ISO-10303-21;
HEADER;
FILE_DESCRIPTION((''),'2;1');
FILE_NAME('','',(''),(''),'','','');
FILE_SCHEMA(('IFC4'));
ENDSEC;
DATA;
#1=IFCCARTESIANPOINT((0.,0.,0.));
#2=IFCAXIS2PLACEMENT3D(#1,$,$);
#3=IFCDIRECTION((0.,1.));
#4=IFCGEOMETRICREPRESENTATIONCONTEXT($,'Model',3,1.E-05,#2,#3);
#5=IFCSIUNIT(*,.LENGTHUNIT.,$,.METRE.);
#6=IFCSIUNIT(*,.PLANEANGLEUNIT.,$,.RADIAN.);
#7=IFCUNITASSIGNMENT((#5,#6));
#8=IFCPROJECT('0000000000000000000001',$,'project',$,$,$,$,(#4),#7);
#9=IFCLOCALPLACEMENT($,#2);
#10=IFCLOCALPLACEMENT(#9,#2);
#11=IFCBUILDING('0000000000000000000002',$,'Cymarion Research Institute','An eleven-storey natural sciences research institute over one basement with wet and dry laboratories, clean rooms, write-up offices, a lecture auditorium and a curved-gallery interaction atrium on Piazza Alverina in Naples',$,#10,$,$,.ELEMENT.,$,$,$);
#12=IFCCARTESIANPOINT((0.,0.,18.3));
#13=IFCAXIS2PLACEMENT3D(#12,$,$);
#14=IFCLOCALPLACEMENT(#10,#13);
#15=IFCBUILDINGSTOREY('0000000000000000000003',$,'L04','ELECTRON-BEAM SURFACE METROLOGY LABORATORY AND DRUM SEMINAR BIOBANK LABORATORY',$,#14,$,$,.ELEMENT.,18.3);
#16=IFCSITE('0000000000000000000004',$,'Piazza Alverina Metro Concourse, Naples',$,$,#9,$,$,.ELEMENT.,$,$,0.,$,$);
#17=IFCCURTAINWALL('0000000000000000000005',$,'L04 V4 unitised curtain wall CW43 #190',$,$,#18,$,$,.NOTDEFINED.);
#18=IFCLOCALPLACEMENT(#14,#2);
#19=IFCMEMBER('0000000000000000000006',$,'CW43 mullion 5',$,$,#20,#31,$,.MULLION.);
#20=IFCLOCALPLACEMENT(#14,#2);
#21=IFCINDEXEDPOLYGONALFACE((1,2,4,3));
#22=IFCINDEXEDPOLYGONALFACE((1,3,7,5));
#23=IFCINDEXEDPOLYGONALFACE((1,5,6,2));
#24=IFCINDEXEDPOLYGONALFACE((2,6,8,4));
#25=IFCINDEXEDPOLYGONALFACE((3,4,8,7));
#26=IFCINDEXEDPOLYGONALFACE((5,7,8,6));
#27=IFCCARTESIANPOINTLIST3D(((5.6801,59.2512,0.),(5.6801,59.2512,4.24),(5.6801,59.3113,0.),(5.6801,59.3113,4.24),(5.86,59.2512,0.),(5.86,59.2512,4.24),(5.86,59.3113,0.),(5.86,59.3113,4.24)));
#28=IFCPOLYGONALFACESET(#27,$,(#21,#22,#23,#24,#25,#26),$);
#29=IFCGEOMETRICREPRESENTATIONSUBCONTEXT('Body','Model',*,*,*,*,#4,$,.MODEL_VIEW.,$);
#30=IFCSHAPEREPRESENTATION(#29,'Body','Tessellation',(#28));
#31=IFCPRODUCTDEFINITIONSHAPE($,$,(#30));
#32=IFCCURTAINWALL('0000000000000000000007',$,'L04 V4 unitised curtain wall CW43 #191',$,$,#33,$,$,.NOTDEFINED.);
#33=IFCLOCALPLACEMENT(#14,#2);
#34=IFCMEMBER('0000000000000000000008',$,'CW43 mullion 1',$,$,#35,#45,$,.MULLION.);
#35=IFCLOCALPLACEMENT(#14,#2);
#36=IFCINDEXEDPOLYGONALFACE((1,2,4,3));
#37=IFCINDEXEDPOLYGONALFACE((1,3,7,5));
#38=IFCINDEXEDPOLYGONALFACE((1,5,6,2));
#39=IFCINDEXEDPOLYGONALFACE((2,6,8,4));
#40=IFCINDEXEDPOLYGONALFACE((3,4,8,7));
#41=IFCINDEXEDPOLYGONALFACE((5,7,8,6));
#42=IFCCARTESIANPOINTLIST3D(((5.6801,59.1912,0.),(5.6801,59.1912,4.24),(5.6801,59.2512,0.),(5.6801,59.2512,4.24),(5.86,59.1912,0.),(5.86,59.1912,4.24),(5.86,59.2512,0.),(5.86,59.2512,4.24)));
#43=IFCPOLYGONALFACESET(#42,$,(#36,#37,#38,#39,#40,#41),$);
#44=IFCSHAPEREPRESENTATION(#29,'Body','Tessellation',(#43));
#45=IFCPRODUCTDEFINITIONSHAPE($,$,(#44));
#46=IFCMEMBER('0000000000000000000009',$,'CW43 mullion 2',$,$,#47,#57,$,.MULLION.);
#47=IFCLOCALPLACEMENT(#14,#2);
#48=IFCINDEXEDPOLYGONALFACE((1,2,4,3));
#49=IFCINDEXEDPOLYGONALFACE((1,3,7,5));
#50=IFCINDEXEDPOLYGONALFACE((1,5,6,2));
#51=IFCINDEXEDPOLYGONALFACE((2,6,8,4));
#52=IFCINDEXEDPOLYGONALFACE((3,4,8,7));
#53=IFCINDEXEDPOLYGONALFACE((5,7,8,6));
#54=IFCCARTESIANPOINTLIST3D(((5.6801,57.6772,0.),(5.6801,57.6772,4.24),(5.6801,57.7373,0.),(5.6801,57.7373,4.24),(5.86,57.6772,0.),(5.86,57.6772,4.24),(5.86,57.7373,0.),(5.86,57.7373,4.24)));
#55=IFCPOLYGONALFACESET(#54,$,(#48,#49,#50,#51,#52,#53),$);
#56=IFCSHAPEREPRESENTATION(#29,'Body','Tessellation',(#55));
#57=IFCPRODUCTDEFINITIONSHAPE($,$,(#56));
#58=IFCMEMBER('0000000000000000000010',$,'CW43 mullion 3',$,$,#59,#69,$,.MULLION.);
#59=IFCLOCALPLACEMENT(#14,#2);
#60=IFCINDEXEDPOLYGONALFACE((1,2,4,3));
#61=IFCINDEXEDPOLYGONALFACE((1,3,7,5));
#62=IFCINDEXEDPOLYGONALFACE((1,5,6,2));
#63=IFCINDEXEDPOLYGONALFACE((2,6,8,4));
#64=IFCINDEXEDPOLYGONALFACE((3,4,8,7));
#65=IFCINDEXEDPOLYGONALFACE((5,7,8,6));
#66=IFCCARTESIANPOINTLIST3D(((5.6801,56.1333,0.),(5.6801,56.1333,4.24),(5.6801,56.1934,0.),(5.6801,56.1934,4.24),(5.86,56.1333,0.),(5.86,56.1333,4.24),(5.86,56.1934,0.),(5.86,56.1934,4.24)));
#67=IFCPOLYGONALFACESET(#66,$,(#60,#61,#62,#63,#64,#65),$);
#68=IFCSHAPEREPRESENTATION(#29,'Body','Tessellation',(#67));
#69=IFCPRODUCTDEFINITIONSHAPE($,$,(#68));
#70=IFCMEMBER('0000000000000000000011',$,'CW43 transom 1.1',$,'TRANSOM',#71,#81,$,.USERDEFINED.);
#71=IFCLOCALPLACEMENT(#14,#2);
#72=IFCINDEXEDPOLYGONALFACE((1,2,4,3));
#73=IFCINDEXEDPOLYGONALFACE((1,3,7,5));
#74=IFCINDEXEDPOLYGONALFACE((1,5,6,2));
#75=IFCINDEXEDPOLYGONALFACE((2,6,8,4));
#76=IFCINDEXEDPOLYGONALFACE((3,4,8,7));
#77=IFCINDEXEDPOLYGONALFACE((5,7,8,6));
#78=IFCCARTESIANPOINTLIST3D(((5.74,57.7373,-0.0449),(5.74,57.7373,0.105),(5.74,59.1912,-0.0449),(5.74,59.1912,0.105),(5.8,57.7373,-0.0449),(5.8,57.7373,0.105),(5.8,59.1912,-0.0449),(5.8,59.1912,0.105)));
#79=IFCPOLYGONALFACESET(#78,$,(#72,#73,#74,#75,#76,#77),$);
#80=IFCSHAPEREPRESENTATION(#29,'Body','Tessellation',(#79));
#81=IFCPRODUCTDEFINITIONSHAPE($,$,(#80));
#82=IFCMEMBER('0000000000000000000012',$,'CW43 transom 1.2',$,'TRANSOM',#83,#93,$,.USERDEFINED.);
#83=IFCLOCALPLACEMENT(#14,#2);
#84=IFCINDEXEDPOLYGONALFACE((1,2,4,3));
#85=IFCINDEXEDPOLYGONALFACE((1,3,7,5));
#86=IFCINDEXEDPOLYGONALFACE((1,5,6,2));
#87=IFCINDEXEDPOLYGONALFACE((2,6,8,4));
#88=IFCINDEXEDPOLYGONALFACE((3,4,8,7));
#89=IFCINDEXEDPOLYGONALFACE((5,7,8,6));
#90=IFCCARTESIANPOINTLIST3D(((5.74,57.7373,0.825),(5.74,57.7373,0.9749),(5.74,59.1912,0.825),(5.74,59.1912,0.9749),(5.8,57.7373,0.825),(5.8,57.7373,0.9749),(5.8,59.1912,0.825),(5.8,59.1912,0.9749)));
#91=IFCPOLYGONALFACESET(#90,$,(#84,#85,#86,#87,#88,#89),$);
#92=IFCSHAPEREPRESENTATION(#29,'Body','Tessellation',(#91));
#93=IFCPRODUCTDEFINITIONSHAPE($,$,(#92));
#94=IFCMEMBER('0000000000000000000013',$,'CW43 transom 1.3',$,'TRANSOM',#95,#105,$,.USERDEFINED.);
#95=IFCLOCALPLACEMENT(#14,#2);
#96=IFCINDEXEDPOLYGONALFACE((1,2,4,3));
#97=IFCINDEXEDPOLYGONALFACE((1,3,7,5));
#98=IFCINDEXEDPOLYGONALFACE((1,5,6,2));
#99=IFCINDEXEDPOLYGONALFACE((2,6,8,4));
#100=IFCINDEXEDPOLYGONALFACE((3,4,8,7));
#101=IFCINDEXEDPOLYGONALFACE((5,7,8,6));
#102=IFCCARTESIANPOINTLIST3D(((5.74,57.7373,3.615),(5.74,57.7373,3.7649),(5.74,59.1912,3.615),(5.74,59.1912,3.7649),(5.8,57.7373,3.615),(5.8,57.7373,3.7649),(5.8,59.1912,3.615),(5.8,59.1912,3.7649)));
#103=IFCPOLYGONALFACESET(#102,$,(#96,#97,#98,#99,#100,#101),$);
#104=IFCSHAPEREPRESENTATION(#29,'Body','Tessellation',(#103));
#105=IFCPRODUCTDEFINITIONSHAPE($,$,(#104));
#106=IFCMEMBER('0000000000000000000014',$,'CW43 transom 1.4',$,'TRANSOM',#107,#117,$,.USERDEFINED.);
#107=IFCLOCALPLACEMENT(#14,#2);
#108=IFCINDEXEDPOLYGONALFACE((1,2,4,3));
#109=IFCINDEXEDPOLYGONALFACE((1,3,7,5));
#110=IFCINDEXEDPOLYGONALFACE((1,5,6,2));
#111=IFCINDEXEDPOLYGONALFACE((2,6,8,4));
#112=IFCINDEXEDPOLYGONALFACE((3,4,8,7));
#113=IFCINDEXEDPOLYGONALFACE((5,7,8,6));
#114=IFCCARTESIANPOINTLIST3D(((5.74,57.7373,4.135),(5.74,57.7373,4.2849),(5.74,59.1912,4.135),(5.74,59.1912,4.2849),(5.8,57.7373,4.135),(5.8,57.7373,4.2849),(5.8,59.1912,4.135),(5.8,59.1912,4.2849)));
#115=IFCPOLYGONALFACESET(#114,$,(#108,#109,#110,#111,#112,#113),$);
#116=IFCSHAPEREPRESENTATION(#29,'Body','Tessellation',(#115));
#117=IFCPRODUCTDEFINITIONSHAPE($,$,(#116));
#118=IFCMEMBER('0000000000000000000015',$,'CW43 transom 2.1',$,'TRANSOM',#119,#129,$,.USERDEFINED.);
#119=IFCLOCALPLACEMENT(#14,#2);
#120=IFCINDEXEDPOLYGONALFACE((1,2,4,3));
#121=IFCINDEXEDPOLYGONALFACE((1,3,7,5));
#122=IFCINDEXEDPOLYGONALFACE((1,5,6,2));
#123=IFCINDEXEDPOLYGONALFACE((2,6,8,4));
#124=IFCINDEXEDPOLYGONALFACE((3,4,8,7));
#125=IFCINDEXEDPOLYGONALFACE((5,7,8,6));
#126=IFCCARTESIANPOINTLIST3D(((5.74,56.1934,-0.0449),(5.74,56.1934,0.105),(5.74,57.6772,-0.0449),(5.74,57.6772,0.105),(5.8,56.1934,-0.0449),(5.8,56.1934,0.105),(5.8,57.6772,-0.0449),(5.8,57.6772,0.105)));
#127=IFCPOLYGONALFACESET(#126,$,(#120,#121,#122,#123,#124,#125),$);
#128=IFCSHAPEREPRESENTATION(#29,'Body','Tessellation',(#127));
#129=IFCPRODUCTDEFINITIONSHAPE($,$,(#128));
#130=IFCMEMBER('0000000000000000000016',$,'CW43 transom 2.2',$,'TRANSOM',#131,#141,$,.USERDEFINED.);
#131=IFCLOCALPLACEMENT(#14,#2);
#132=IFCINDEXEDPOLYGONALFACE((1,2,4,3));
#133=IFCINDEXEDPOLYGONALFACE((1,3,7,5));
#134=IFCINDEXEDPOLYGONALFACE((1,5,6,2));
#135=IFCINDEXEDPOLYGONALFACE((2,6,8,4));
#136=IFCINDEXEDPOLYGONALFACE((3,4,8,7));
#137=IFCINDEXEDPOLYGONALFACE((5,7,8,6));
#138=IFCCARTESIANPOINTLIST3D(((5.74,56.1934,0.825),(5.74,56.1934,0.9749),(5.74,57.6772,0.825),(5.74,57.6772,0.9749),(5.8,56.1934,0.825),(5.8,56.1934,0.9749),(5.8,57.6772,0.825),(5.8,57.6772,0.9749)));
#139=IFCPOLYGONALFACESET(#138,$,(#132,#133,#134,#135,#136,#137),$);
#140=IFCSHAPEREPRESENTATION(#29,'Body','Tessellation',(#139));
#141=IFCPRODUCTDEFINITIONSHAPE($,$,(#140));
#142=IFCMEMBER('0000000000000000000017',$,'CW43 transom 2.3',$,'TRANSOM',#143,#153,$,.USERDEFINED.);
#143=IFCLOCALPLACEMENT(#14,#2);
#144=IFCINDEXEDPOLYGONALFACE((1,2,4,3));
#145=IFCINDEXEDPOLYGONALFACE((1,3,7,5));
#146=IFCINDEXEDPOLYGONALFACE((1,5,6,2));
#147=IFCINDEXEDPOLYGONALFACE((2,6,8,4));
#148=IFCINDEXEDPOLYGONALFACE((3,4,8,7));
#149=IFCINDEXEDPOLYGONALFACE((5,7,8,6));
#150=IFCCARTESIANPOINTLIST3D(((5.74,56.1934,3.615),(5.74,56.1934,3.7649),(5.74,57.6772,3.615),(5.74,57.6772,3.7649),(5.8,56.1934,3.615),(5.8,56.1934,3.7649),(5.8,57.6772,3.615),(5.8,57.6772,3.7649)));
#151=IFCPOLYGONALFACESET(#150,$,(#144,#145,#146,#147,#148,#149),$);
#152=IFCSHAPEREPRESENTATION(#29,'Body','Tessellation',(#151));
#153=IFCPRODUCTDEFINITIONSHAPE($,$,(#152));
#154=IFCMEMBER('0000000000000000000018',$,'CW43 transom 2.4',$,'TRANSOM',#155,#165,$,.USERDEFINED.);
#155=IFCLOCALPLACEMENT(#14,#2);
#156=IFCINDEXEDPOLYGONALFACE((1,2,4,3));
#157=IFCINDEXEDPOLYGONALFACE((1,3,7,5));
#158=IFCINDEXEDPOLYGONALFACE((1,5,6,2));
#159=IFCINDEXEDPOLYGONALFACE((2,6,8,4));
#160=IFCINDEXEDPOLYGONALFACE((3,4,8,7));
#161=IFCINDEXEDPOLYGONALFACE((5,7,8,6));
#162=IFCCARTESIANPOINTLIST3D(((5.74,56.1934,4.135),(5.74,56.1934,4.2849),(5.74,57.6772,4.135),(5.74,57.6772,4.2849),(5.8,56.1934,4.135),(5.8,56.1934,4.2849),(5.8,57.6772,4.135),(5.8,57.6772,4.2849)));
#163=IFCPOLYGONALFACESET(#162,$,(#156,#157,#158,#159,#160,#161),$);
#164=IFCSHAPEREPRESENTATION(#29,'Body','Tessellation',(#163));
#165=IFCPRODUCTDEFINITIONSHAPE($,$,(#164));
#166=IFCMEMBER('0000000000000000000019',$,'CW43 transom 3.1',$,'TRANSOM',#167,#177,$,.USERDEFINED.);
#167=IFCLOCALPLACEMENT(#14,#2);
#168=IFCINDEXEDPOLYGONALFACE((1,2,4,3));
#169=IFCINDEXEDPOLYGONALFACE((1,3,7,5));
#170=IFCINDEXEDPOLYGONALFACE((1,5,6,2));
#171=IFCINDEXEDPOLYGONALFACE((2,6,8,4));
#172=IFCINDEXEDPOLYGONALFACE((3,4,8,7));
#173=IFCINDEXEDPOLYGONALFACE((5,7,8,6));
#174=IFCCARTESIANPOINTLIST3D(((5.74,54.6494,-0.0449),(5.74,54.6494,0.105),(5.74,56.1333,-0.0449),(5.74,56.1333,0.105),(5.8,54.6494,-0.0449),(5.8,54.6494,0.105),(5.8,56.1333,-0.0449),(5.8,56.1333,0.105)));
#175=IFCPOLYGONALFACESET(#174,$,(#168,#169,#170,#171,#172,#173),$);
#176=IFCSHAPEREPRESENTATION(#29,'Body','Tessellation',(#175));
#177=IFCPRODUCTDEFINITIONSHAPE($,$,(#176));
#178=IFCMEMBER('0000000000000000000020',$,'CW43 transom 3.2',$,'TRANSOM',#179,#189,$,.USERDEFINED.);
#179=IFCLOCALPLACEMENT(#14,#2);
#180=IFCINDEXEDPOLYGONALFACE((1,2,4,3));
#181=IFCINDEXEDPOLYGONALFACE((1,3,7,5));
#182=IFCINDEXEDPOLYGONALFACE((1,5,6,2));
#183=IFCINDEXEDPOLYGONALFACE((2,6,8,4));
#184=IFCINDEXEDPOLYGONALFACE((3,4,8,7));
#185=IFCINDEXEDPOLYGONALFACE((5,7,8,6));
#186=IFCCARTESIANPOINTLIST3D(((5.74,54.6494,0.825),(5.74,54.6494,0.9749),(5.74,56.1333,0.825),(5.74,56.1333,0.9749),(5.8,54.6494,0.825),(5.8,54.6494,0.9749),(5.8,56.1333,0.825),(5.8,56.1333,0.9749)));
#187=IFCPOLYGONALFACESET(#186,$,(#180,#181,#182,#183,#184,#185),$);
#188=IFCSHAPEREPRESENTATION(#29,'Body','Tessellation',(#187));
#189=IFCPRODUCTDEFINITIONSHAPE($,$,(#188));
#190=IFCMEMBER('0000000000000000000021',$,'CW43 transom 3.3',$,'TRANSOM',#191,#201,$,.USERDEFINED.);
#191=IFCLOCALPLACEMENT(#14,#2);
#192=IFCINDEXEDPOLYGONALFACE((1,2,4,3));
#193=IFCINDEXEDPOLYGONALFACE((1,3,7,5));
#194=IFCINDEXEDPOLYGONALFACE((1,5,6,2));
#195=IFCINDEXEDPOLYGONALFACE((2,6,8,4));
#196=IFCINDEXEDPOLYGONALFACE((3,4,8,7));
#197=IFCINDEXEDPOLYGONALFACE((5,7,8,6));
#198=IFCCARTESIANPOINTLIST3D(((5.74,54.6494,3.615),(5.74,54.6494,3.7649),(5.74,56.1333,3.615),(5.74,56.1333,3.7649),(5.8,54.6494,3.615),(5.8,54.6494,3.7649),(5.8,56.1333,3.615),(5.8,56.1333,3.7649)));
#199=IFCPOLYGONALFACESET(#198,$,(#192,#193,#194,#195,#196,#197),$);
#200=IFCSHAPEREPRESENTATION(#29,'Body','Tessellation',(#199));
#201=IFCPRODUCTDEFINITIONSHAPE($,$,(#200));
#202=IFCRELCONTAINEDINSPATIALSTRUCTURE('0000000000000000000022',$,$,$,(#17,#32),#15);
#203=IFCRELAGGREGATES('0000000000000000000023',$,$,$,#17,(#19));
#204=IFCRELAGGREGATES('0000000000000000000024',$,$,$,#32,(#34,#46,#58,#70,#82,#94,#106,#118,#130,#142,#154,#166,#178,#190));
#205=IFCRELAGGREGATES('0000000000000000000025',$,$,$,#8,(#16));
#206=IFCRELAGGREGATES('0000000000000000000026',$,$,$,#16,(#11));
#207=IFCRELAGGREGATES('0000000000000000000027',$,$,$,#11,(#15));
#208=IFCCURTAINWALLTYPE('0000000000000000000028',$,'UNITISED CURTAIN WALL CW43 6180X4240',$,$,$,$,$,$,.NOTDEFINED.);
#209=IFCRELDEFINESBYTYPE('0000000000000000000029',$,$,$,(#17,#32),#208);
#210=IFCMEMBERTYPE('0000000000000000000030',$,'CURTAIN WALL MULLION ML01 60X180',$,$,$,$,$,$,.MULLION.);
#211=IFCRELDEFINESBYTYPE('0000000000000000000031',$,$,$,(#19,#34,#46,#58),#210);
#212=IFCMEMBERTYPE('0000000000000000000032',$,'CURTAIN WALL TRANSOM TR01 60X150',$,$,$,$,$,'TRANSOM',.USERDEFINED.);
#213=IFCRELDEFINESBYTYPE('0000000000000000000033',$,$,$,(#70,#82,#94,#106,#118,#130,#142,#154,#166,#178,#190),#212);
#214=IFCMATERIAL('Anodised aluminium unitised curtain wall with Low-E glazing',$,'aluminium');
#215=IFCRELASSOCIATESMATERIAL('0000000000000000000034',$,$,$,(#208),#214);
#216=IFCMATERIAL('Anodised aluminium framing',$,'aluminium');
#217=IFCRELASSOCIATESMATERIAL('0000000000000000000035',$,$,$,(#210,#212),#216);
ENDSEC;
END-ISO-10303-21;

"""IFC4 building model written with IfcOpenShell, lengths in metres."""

from ifc_helpers import new_model, si_unit, direction, frame, origin, origin_2d, place, context, subcontext, project, spatial, rectangle, extrude, material, material_profile, profile_set, type_object, element, aggregate, save


model = new_model("IFC4")

# Units and contexts
model_context = context("Model", 3, precision=1e-05, world=origin(), true_north=direction((0.0, 1.0)))
body_context = subcontext(model_context, "Body", "Model", "MODEL_VIEW")
ifc_project = project(units=[si_unit("LENGTHUNIT", "METRE"), si_unit("PLANEANGLEUNIT", "RADIAN")], contexts=[model_context])

# Site, building, storey
site_placement = place(None, origin())
site = spatial("IfcSite", under=ifc_project, at=site_placement, Name="Piazza Alverina Metro Concourse, Naples", CompositionType="ELEMENT", RefElevation=0.0)
building_placement = place(site_placement, origin())
building = spatial("IfcBuilding", under=site, at=building_placement, Name="Cymarion Research Institute", Description="An eleven-storey natural sciences research institute over one basement with wet and dry laboratories, clean rooms, write-up offices, a lecture auditorium and a curved-gallery interaction atrium on Piazza Alverina in Naples", CompositionType="ELEMENT")
storey_placement = place(building_placement, frame((0.0, 0.0, 18.3)))
storey = spatial("IfcBuildingStorey", under=building, at=storey_placement, Name="L04", Description="ELECTRON-BEAM SURFACE METROLOGY LABORATORY AND DRUM SEMINAR BIOBANK LABORATORY", CompositionType="ELEMENT", Elevation=18.3)

# Curtain wall, member
ifc_material_1 = material(Name="Anodised aluminium unitised curtain wall with Low-E glazing", Category="aluminium")
curtain_wall_type = type_object("IfcCurtainWallType", Name="UNITISED CURTAIN WALL CW43 6180X4240", PredefinedType="NOTDEFINED", material=ifc_material_1)
curtain_wall_1_placement = place(storey_placement, origin())
curtain_wall_1 = element("IfcCurtainWall", 1, at=curtain_wall_1_placement, inside=storey, type_object=curtain_wall_type, Name="L04 V4 unitised curtain wall CW43 #190", PredefinedType="NOTDEFINED")
ifc_material_2 = material(Name="Anodised aluminium framing", Category="aluminium")
ifc_material_profile_1 = material_profile(ifc_material_2, rectangle(XDim=0.0601, YDim=0.1799, at=origin_2d()), Name="ALU MULLION 60x180")
ifc_profile_set_1 = profile_set([ifc_material_profile_1], Name="Anodised aluminium framing")
member_type_1 = type_object("IfcMemberType", Name="CURTAIN WALL MULLION ML01 60X180", PredefinedType="MULLION", material=ifc_profile_set_1)
member_1_placement = place(storey_placement, frame((5.77, 59.2812, 0.0), z_axis=(0.0, 0.0, 1.0), x_axis=(0.0, -1.0, 0.0)))
member_1 = element("IfcMember", 2, at=member_1_placement, type_object=member_type_1, Name="CW43 mullion 5", PredefinedType="MULLION", context=body_context, shape_type="SweptSolid", body=[
    extrude(rectangle(XDim=0.0601, YDim=0.1799, at=origin_2d()), origin(), (0.0, 0.0, 1.0), 4.24),
])

# Curtain wall, members
curtain_wall_2_placement = place(storey_placement, origin())
curtain_wall_2 = element("IfcCurtainWall", 3, at=curtain_wall_2_placement, inside=storey, type_object=curtain_wall_type, Name="L04 V4 unitised curtain wall CW43 #191", PredefinedType="NOTDEFINED")
member_2_placement = place(storey_placement, frame((5.77, 59.2212, 0.0), z_axis=(0.0, 0.0, 1.0), x_axis=(0.0, -1.0, 0.0)))
member_2 = element("IfcMember", 4, at=member_2_placement, type_object=member_type_1, Name="CW43 mullion 1", PredefinedType="MULLION", context=body_context, shape_type="SweptSolid", body=[
    extrude(rectangle(XDim=0.0601, YDim=0.1799, at=origin_2d()), origin(), (0.0, 0.0, 1.0), 4.24),
])
member_3_placement = place(storey_placement, frame((5.77, 57.7073, 0.0), z_axis=(0.0, 0.0, 1.0), x_axis=(0.0, -1.0, 0.0)))
member_3 = element("IfcMember", 5, at=member_3_placement, type_object=member_type_1, Name="CW43 mullion 2", PredefinedType="MULLION", context=body_context, shape_type="SweptSolid", body=[
    extrude(rectangle(XDim=0.0601, YDim=0.1799, at=origin_2d()), origin(), (0.0, 0.0, 1.0), 4.24),
])
member_4_placement = place(storey_placement, frame((5.77, 56.1633, 0.0), z_axis=(0.0, 0.0, 1.0), x_axis=(0.0, -1.0, 0.0)))
member_4 = element("IfcMember", 6, at=member_4_placement, type_object=member_type_1, Name="CW43 mullion 3", PredefinedType="MULLION", context=body_context, shape_type="SweptSolid", body=[
    extrude(rectangle(XDim=0.0601, YDim=0.1799, at=origin_2d()), origin(), (0.0, 0.0, 1.0), 4.24),
])
ifc_material_profile_2 = material_profile(ifc_material_2, rectangle(XDim=0.0601, YDim=0.1499, at=origin_2d()), Name="ALU TRANSOM 60x150")
ifc_profile_set_2 = profile_set([ifc_material_profile_2], Name="Anodised aluminium framing")
member_type_2 = type_object("IfcMemberType", Name="CURTAIN WALL TRANSOM TR01 60X150", ElementType="TRANSOM", PredefinedType="USERDEFINED", material=ifc_profile_set_2)
member_5_placement = place(storey_placement, frame((5.77, 59.1912, 0.03), z_axis=(0.0, -1.0, 0.0), x_axis=(1.0, 0.0, 0.0)))
member_5 = element("IfcMember", 7, at=member_5_placement, type_object=member_type_2, Name="CW43 transom 1.1", ObjectType="TRANSOM", PredefinedType="USERDEFINED", context=body_context, shape_type="SweptSolid", body=[
    extrude(rectangle(XDim=0.0601, YDim=0.1499, at=origin_2d()), origin(), (0.0, 0.0, 1.0), 1.4539),
])
member_6_placement = place(storey_placement, frame((5.77, 59.1912, 0.8999), z_axis=(0.0, -1.0, 0.0), x_axis=(1.0, 0.0, 0.0)))
member_6 = element("IfcMember", 8, at=member_6_placement, type_object=member_type_2, Name="CW43 transom 1.2", ObjectType="TRANSOM", PredefinedType="USERDEFINED", context=body_context, shape_type="SweptSolid", body=[
    extrude(rectangle(XDim=0.0601, YDim=0.1499, at=origin_2d()), origin(), (0.0, 0.0, 1.0), 1.4539),
])
member_7_placement = place(storey_placement, frame((5.77, 59.1912, 3.6899), z_axis=(0.0, -1.0, 0.0), x_axis=(1.0, 0.0, 0.0)))
member_7 = element("IfcMember", 9, at=member_7_placement, type_object=member_type_2, Name="CW43 transom 1.3", ObjectType="TRANSOM", PredefinedType="USERDEFINED", context=body_context, shape_type="SweptSolid", body=[
    extrude(rectangle(XDim=0.0601, YDim=0.1499, at=origin_2d()), origin(), (0.0, 0.0, 1.0), 1.4539),
])
member_8_placement = place(storey_placement, frame((5.77, 59.1912, 4.21), z_axis=(0.0, -1.0, 0.0), x_axis=(1.0, 0.0, 0.0)))
member_8 = element("IfcMember", 10, at=member_8_placement, type_object=member_type_2, Name="CW43 transom 1.4", ObjectType="TRANSOM", PredefinedType="USERDEFINED", context=body_context, shape_type="SweptSolid", body=[
    extrude(rectangle(XDim=0.0601, YDim=0.1499, at=origin_2d()), origin(), (0.0, 0.0, 1.0), 1.4539),
])
member_9_placement = place(storey_placement, frame((5.77, 57.6772, 0.03), z_axis=(0.0, -1.0, 0.0), x_axis=(1.0, 0.0, 0.0)))
member_9 = element("IfcMember", 11, at=member_9_placement, type_object=member_type_2, Name="CW43 transom 2.1", ObjectType="TRANSOM", PredefinedType="USERDEFINED", context=body_context, shape_type="SweptSolid", body=[
    extrude(rectangle(XDim=0.0601, YDim=0.1499, at=origin_2d()), origin(), (0.0, 0.0, 1.0), 1.4839),
])
member_10_placement = place(storey_placement, frame((5.77, 57.6772, 0.8999), z_axis=(0.0, -1.0, 0.0), x_axis=(1.0, 0.0, 0.0)))
member_10 = element("IfcMember", 12, at=member_10_placement, type_object=member_type_2, Name="CW43 transom 2.2", ObjectType="TRANSOM", PredefinedType="USERDEFINED", context=body_context, shape_type="SweptSolid", body=[
    extrude(rectangle(XDim=0.0601, YDim=0.1499, at=origin_2d()), origin(), (0.0, 0.0, 1.0), 1.4839),
])
member_11_placement = place(storey_placement, frame((5.77, 57.6772, 3.6899), z_axis=(0.0, -1.0, 0.0), x_axis=(1.0, 0.0, 0.0)))
member_11 = element("IfcMember", 13, at=member_11_placement, type_object=member_type_2, Name="CW43 transom 2.3", ObjectType="TRANSOM", PredefinedType="USERDEFINED", context=body_context, shape_type="SweptSolid", body=[
    extrude(rectangle(XDim=0.0601, YDim=0.1499, at=origin_2d()), origin(), (0.0, 0.0, 1.0), 1.4839),
])
member_12_placement = place(storey_placement, frame((5.77, 57.6772, 4.21), z_axis=(0.0, -1.0, 0.0), x_axis=(1.0, 0.0, 0.0)))
member_12 = element("IfcMember", 14, at=member_12_placement, type_object=member_type_2, Name="CW43 transom 2.4", ObjectType="TRANSOM", PredefinedType="USERDEFINED", context=body_context, shape_type="SweptSolid", body=[
    extrude(rectangle(XDim=0.0601, YDim=0.1499, at=origin_2d()), origin(), (0.0, 0.0, 1.0), 1.4839),
])
member_13_placement = place(storey_placement, frame((5.77, 56.1333, 0.03), z_axis=(0.0, -1.0, 0.0), x_axis=(1.0, 0.0, 0.0)))
member_13 = element("IfcMember", 15, at=member_13_placement, type_object=member_type_2, Name="CW43 transom 3.1", ObjectType="TRANSOM", PredefinedType="USERDEFINED", context=body_context, shape_type="SweptSolid", body=[
    extrude(rectangle(XDim=0.0601, YDim=0.1499, at=origin_2d()), origin(), (0.0, 0.0, 1.0), 1.4839),
])
member_14_placement = place(storey_placement, frame((5.77, 56.1333, 0.8999), z_axis=(0.0, -1.0, 0.0), x_axis=(1.0, 0.0, 0.0)))
member_14 = element("IfcMember", 16, at=member_14_placement, type_object=member_type_2, Name="CW43 transom 3.2", ObjectType="TRANSOM", PredefinedType="USERDEFINED", context=body_context, shape_type="SweptSolid", body=[
    extrude(rectangle(XDim=0.0601, YDim=0.1499, at=origin_2d()), origin(), (0.0, 0.0, 1.0), 1.4839),
])
member_15_placement = place(storey_placement, frame((5.77, 56.1333, 3.6899), z_axis=(0.0, -1.0, 0.0), x_axis=(1.0, 0.0, 0.0)))
member_15 = element("IfcMember", 17, at=member_15_placement, type_object=member_type_2, Name="CW43 transom 3.3", ObjectType="TRANSOM", PredefinedType="USERDEFINED", context=body_context, shape_type="SweptSolid", body=[
    extrude(rectangle(XDim=0.0601, YDim=0.1499, at=origin_2d()), origin(), (0.0, 0.0, 1.0), 1.4839),
])

aggregate(curtain_wall_1, [member_1])
aggregate(curtain_wall_2, [member_2, member_3, member_4, member_5, member_6, member_7, member_8, member_9, member_10, member_11, member_12, member_13, member_14, member_15])

save(model, "model.ifc")
